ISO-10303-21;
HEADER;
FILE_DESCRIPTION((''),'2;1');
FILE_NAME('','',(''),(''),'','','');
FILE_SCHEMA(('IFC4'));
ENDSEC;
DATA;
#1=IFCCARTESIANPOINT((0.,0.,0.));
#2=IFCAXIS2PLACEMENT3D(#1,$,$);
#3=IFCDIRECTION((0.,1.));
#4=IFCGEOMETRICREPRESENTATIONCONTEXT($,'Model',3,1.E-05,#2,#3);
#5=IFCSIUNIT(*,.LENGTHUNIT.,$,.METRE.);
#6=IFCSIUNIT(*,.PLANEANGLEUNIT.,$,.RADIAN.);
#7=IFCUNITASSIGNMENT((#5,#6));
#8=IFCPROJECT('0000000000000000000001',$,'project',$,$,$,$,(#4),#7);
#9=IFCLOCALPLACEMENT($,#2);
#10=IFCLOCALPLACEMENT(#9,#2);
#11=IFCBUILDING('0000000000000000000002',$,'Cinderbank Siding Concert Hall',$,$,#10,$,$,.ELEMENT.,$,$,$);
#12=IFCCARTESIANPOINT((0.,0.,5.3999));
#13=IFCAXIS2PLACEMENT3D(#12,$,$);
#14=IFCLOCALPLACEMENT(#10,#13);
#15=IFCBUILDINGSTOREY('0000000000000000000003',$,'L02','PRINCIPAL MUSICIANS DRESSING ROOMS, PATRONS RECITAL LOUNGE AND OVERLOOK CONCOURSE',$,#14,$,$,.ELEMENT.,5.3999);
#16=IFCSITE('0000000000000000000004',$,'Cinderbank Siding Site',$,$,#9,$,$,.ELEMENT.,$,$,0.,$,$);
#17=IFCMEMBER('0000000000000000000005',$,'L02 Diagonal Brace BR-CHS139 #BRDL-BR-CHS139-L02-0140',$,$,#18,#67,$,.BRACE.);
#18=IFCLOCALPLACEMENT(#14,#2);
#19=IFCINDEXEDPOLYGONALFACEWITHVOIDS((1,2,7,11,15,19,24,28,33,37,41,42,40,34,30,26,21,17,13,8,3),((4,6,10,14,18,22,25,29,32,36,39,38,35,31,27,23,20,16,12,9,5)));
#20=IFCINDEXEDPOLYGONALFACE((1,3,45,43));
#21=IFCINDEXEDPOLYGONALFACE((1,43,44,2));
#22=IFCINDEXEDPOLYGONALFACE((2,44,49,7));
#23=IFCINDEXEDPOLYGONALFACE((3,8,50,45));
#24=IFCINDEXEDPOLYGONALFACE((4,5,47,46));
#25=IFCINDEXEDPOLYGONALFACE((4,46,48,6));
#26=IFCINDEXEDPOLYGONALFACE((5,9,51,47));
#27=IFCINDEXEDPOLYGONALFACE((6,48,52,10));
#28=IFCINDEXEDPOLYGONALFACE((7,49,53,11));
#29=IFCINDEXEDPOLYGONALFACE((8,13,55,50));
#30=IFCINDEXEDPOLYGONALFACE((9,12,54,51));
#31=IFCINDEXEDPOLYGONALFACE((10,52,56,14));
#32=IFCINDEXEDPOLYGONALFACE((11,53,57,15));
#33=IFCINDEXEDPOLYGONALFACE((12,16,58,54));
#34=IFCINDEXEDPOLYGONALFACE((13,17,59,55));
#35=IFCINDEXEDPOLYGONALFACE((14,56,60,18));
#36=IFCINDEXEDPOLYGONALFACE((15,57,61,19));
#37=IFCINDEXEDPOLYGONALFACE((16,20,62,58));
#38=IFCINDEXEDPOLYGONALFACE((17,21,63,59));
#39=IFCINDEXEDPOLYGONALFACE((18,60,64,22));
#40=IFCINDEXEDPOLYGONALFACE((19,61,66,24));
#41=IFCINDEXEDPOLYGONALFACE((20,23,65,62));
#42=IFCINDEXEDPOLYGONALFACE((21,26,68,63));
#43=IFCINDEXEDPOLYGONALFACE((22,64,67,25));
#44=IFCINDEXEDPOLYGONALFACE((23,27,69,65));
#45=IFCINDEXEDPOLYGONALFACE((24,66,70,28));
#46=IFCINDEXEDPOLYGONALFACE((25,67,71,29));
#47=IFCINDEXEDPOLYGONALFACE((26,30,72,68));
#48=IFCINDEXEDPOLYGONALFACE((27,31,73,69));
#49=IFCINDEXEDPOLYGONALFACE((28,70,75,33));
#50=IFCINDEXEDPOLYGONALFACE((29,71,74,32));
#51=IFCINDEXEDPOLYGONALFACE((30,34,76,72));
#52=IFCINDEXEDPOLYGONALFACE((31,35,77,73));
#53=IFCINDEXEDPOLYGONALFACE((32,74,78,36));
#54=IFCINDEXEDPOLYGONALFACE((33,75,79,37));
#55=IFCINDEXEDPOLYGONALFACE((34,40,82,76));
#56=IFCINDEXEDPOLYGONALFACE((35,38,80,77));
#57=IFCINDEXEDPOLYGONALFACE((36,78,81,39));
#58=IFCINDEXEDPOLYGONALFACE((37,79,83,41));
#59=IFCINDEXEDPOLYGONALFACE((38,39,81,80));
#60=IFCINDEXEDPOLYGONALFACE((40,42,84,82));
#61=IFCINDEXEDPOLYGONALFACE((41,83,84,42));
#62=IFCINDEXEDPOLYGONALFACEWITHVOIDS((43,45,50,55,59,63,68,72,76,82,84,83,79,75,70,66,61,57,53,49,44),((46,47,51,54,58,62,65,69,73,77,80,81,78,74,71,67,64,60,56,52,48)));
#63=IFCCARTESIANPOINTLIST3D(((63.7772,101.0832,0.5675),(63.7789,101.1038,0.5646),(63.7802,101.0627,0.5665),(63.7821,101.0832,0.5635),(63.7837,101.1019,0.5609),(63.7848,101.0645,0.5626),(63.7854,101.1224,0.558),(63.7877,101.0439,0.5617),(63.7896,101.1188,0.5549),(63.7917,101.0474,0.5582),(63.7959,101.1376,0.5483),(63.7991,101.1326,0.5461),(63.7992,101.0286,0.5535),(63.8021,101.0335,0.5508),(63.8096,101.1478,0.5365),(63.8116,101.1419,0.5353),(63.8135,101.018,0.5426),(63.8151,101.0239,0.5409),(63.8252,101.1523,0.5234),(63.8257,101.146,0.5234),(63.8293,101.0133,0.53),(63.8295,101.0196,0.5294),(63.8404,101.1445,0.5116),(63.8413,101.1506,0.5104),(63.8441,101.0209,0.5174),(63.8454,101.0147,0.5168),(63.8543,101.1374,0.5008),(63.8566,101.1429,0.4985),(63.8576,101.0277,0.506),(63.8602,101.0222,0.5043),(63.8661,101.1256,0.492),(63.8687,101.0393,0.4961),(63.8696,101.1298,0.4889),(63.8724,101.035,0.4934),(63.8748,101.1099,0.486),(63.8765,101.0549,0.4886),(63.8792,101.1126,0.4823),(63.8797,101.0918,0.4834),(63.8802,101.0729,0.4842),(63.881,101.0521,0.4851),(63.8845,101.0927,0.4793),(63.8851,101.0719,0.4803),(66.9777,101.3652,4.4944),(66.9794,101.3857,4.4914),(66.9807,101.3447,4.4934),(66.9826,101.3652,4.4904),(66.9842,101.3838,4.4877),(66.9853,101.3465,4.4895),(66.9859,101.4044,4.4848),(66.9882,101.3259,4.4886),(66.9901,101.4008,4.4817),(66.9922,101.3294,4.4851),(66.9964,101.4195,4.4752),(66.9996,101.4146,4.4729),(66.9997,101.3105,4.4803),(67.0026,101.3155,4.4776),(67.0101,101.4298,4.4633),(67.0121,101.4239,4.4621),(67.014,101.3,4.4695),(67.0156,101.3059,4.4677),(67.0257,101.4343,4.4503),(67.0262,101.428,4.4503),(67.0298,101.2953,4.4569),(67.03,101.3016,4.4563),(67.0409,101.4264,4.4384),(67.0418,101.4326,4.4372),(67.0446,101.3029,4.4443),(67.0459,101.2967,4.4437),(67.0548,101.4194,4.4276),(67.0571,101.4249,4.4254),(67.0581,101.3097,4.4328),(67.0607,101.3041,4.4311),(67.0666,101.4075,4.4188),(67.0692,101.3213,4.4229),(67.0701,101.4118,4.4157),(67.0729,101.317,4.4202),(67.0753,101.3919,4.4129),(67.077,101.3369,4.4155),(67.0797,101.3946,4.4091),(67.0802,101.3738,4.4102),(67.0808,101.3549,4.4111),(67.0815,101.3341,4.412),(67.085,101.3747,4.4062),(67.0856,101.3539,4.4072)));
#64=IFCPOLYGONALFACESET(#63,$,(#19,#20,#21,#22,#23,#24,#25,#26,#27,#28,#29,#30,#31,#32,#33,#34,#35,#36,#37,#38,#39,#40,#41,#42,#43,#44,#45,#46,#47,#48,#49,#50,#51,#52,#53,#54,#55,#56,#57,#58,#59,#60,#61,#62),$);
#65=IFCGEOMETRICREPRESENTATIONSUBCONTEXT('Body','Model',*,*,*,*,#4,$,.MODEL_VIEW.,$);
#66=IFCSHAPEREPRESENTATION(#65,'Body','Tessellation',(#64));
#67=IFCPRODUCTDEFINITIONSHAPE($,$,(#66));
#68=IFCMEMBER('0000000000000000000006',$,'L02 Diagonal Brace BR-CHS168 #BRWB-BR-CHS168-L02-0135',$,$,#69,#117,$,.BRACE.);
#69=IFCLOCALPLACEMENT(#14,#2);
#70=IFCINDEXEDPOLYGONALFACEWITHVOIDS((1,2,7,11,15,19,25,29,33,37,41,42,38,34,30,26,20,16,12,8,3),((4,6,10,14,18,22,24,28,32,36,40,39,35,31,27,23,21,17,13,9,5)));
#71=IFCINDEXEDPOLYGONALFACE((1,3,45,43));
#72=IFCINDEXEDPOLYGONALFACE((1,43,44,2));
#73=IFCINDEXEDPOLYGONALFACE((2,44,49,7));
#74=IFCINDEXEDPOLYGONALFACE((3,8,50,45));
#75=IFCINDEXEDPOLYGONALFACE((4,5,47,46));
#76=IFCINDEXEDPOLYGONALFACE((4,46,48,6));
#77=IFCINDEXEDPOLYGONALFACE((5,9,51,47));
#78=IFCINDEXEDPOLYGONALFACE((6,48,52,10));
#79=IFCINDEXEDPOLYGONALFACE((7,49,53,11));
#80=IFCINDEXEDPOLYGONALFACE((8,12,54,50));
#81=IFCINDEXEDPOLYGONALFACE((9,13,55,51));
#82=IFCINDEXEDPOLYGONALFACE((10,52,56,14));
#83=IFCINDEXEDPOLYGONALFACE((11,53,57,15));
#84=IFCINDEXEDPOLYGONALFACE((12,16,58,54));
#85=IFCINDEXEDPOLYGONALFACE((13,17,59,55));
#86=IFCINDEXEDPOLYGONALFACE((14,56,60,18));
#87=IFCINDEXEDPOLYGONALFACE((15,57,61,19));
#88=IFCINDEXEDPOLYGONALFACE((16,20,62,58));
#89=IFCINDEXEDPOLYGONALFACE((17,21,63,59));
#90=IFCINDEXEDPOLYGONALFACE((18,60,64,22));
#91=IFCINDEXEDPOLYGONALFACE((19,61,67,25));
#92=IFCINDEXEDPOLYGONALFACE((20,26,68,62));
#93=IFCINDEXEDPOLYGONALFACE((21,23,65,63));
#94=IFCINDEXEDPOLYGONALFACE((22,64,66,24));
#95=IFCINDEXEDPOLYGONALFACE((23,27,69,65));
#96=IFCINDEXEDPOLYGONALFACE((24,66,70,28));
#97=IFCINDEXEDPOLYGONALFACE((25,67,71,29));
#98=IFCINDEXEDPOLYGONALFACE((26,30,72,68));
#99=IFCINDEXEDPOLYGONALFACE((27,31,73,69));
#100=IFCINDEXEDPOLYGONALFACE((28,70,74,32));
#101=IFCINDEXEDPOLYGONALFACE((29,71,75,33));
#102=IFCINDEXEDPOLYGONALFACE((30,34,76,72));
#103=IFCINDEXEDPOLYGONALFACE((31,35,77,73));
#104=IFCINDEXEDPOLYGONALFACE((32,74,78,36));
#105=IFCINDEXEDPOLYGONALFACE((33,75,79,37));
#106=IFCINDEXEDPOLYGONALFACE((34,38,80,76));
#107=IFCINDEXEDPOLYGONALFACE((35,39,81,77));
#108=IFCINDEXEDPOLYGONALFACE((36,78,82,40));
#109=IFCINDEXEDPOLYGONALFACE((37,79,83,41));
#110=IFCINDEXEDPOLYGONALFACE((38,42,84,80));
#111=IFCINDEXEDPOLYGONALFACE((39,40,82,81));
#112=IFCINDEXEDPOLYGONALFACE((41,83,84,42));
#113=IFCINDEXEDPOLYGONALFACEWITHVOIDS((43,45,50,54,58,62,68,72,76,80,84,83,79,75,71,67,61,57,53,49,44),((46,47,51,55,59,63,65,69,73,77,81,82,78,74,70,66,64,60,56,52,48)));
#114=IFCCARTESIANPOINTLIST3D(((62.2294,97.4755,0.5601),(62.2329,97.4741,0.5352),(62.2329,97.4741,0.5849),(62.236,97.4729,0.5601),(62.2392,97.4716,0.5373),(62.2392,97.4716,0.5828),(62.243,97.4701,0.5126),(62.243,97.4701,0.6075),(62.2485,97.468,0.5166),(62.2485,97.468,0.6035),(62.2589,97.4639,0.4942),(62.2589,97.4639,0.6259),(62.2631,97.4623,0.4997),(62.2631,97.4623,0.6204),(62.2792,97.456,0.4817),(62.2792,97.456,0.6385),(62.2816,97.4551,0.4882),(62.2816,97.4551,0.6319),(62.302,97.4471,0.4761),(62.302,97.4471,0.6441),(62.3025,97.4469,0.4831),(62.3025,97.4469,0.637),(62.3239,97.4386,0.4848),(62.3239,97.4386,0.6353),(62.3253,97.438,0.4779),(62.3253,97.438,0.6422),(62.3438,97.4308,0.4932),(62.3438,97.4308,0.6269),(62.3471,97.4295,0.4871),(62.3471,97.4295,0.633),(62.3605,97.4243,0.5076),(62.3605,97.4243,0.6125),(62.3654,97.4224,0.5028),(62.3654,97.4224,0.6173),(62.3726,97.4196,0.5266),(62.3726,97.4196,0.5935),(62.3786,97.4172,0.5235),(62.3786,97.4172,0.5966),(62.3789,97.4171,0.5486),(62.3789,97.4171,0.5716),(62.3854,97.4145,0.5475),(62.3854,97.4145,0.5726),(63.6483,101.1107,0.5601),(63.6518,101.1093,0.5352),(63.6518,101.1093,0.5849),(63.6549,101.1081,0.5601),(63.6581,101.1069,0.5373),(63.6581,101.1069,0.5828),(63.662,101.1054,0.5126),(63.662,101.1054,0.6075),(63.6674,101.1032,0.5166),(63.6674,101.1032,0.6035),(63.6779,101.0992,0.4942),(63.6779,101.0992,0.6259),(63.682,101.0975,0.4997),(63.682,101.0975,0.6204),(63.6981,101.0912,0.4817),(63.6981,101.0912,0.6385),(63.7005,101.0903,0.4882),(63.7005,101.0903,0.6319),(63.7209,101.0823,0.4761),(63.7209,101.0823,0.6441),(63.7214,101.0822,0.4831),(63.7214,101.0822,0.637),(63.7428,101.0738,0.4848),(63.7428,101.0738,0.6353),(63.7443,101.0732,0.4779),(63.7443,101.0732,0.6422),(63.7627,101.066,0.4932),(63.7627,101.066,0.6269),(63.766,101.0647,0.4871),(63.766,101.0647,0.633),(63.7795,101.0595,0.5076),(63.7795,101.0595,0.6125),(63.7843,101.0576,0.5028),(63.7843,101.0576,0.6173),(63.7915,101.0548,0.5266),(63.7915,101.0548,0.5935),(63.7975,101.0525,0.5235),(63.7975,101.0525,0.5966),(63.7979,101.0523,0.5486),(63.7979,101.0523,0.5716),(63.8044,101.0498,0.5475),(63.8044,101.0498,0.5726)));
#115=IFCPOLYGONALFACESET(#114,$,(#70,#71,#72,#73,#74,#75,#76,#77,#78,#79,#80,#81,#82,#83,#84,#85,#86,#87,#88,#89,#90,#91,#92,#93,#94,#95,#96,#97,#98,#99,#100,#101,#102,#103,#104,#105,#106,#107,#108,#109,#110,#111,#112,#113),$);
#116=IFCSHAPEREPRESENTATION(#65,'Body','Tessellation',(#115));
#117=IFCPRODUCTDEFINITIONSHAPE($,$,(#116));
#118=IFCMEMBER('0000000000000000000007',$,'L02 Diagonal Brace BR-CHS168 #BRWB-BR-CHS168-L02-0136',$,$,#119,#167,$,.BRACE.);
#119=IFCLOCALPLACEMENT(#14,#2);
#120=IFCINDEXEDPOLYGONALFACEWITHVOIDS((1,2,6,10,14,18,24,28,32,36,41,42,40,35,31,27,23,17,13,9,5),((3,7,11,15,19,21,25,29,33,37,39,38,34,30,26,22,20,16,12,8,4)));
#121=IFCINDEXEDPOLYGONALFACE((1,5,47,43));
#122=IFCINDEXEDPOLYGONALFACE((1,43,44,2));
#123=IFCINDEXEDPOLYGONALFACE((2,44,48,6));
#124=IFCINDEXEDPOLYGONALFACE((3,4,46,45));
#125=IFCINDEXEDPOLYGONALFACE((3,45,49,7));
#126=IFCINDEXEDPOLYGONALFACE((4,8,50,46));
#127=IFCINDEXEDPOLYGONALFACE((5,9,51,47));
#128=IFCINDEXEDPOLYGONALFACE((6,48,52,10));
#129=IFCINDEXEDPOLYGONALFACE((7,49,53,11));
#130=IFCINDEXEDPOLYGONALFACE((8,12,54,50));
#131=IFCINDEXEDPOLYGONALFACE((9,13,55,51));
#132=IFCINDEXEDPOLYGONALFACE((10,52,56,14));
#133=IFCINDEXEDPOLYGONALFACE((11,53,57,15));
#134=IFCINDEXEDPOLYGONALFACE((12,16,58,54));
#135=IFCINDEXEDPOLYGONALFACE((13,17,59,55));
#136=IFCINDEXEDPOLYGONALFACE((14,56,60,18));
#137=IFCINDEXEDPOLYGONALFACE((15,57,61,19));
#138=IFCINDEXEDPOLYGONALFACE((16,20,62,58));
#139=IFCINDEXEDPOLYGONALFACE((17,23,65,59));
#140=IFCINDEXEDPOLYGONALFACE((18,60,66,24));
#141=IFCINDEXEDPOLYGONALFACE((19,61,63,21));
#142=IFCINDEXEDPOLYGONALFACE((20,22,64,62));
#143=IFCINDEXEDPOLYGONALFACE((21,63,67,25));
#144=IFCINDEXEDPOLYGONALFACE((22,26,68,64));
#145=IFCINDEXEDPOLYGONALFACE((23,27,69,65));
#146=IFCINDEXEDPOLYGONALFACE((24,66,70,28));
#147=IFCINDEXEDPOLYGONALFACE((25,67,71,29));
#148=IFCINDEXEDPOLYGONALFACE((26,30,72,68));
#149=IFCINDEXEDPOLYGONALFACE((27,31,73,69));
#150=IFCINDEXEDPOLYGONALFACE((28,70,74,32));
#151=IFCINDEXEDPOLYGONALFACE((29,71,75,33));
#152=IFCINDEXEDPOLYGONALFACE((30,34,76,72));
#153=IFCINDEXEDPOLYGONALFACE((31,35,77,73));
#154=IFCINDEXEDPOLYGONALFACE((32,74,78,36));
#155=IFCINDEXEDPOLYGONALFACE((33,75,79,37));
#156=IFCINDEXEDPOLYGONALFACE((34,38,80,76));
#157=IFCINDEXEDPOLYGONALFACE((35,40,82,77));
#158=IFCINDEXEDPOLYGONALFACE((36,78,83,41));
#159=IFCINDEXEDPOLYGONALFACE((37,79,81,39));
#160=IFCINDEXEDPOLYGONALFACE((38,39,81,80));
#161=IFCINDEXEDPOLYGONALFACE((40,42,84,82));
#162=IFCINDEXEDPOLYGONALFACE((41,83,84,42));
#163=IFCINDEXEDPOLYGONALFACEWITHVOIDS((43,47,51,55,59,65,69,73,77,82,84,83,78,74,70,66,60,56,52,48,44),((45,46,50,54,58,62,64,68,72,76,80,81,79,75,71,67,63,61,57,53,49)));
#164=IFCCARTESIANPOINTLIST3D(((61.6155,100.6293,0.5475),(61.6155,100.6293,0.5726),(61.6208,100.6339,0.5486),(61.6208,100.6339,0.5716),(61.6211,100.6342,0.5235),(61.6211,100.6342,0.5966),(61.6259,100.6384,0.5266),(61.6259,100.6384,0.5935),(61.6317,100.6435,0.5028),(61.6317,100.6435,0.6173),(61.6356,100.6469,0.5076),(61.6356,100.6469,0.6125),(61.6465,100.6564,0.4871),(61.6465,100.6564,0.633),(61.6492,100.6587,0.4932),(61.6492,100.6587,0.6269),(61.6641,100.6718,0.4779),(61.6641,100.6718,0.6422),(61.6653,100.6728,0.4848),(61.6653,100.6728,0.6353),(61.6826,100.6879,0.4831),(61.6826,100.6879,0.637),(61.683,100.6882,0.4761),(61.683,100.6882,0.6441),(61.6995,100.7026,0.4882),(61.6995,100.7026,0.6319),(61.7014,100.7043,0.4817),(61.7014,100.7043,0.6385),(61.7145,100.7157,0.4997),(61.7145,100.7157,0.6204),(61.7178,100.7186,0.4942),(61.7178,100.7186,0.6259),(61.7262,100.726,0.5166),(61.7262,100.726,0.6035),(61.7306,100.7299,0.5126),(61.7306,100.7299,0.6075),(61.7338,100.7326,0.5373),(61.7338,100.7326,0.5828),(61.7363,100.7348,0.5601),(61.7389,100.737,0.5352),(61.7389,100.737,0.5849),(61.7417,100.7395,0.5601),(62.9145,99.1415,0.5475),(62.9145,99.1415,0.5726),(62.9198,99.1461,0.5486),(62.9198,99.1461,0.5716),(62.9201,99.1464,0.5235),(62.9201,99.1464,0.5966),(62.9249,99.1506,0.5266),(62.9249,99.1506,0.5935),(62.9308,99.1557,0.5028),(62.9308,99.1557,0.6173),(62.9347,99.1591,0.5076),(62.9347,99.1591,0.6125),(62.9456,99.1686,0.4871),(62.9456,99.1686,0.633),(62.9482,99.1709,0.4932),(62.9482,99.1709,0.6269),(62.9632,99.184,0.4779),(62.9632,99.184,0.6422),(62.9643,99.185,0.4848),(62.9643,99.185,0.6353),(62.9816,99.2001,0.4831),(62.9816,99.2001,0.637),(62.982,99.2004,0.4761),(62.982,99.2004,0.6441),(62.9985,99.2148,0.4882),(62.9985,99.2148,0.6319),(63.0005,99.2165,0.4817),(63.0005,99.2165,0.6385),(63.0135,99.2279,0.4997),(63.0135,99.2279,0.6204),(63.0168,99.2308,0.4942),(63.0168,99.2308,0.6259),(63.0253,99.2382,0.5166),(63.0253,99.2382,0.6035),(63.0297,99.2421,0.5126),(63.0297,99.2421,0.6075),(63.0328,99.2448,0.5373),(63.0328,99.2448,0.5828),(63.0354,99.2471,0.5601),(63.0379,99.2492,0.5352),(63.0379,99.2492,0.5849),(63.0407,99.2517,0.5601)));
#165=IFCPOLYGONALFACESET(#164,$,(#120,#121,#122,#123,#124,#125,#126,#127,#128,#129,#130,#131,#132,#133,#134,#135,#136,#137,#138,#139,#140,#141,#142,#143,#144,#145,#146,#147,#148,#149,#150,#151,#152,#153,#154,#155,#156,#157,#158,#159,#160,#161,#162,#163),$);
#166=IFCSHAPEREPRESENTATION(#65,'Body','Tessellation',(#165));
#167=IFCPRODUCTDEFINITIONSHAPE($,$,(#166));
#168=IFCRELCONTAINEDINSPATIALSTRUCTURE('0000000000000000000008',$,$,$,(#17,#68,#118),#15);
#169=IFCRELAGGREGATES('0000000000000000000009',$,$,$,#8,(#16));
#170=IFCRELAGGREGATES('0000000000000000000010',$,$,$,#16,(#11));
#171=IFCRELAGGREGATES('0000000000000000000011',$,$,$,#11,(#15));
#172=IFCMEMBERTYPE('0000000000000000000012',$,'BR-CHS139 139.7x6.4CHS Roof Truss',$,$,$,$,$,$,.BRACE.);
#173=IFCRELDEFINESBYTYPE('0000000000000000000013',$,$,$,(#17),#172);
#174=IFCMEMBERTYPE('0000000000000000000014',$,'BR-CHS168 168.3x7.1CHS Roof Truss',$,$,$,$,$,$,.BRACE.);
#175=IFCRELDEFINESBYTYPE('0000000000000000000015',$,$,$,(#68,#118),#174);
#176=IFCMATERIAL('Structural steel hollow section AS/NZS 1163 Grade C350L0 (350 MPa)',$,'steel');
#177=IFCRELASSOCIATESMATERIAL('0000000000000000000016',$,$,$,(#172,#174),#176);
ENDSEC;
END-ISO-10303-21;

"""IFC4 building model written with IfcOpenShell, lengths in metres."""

from ifc_helpers import new_model, si_unit, direction, frame, origin, origin_2d, place, context, subcontext, project, spatial, hollow_circle, extrude, material, material_profile, profile_set, type_object, element, save


model = new_model("IFC4")

# Units and contexts
model_context = context("Model", 3, precision=1e-05, world=origin(), true_north=direction((0.0, 1.0)))
body_context = subcontext(model_context, "Body", "Model", "MODEL_VIEW")
ifc_project = project(units=[si_unit("LENGTHUNIT", "METRE"), si_unit("PLANEANGLEUNIT", "RADIAN")], contexts=[model_context])

# Site, building, storey
site_placement = place(None, origin())
site = spatial("IfcSite", under=ifc_project, at=site_placement, Name="Cinderbank Siding Site", CompositionType="ELEMENT", RefElevation=0.0)
building_placement = place(site_placement, origin())
building = spatial("IfcBuilding", under=site, at=building_placement, Name="Cinderbank Siding Concert Hall", CompositionType="ELEMENT")
storey_placement = place(building_placement, frame((0.0, 0.0, 5.3999)))
storey = spatial("IfcBuildingStorey", under=building, at=storey_placement, Name="L02", Description="PRINCIPAL MUSICIANS DRESSING ROOMS, PATRONS RECITAL LOUNGE AND OVERLOOK CONCOURSE", CompositionType="ELEMENT", Elevation=5.3999)

# Shared definitions
ifc_material_1 = material(Name="Structural steel hollow section AS/NZS 1163 Grade C350L0 (350 MPa)", Category="steel")

# Members
ifc_material_profile_1 = material_profile(ifc_material_1, hollow_circle(Radius=0.0698, WallThickness=0.0063, at=origin_2d()), Name="139.7x6.4CHS", Category="LoadBearing")
ifc_profile_set_1 = profile_set([ifc_material_profile_1], Name="Structural steel hollow section AS/NZS 1163 Grade C350L0 (350 MPa)")
member_type_1 = type_object("IfcMemberType", Name="BR-CHS139 139.7x6.4CHS Roof Truss", PredefinedType="BRACE", material=ifc_profile_set_1)
member_1_placement = place(storey_placement, frame((63.8313, 101.0828, 0.5234), z_axis=(0.630798, 0.055578, 0.773954), x_axis=(-0.087767, 0.996141, 0.0)))
element("IfcMember", 1, at=member_1_placement, inside=storey, type_object=member_type_1, Name="L02 Diagonal Brace BR-CHS139 #BRDL-BR-CHS139-L02-0140", PredefinedType="BRACE", context=body_context, shape_type="SweptSolid", body=[
    extrude(hollow_circle(Radius=0.0698, WallThickness=0.0063, at=origin_2d()), origin(), (0.0, 0.0, 1.0), 5.0737),
])
ifc_material_profile_2 = material_profile(ifc_material_1, hollow_circle(Radius=0.0842, WallThickness=0.0071, at=origin_2d()), Name="168.3x7.1CHS", Category="LoadBearing")
ifc_profile_set_2 = profile_set([ifc_material_profile_2], Name="Structural steel hollow section AS/NZS 1163 Grade C350L0 (350 MPa)")
member_type_2 = type_object("IfcMemberType", Name="BR-CHS168 168.3x7.1CHS Roof Truss", PredefinedType="BRACE", material=ifc_profile_set_2)
member_2_placement = place(storey_placement, frame((62.3079, 97.4448, 0.5601), z_axis=(0.363611, 0.931551, 0.0), x_axis=(-0.931551, 0.363611, 0.0)))
element("IfcMember", 2, at=member_2_placement, inside=storey, type_object=member_type_2, Name="L02 Diagonal Brace BR-CHS168 #BRWB-BR-CHS168-L02-0135", PredefinedType="BRACE", context=body_context, shape_type="SweptSolid", body=[
    extrude(hollow_circle(Radius=0.0842, WallThickness=0.0071, at=origin_2d()), origin(), (0.0, 0.0, 1.0), 3.9023),
])
member_3_placement = place(storey_placement, frame((61.6782, 100.6841, 0.5601), z_axis=(0.657717, -0.753265, 0.0), x_axis=(0.753265, 0.657717, 0.0)))
element("IfcMember", 3, at=member_3_placement, inside=storey, type_object=member_type_2, Name="L02 Diagonal Brace BR-CHS168 #BRWB-BR-CHS168-L02-0136", PredefinedType="BRACE", context=body_context, shape_type="SweptSolid", body=[
    extrude(hollow_circle(Radius=0.0842, WallThickness=0.0071, at=origin_2d()), origin(), (0.0, 0.0, 1.0), 1.9751),
])

save(model, "model.ifc")
